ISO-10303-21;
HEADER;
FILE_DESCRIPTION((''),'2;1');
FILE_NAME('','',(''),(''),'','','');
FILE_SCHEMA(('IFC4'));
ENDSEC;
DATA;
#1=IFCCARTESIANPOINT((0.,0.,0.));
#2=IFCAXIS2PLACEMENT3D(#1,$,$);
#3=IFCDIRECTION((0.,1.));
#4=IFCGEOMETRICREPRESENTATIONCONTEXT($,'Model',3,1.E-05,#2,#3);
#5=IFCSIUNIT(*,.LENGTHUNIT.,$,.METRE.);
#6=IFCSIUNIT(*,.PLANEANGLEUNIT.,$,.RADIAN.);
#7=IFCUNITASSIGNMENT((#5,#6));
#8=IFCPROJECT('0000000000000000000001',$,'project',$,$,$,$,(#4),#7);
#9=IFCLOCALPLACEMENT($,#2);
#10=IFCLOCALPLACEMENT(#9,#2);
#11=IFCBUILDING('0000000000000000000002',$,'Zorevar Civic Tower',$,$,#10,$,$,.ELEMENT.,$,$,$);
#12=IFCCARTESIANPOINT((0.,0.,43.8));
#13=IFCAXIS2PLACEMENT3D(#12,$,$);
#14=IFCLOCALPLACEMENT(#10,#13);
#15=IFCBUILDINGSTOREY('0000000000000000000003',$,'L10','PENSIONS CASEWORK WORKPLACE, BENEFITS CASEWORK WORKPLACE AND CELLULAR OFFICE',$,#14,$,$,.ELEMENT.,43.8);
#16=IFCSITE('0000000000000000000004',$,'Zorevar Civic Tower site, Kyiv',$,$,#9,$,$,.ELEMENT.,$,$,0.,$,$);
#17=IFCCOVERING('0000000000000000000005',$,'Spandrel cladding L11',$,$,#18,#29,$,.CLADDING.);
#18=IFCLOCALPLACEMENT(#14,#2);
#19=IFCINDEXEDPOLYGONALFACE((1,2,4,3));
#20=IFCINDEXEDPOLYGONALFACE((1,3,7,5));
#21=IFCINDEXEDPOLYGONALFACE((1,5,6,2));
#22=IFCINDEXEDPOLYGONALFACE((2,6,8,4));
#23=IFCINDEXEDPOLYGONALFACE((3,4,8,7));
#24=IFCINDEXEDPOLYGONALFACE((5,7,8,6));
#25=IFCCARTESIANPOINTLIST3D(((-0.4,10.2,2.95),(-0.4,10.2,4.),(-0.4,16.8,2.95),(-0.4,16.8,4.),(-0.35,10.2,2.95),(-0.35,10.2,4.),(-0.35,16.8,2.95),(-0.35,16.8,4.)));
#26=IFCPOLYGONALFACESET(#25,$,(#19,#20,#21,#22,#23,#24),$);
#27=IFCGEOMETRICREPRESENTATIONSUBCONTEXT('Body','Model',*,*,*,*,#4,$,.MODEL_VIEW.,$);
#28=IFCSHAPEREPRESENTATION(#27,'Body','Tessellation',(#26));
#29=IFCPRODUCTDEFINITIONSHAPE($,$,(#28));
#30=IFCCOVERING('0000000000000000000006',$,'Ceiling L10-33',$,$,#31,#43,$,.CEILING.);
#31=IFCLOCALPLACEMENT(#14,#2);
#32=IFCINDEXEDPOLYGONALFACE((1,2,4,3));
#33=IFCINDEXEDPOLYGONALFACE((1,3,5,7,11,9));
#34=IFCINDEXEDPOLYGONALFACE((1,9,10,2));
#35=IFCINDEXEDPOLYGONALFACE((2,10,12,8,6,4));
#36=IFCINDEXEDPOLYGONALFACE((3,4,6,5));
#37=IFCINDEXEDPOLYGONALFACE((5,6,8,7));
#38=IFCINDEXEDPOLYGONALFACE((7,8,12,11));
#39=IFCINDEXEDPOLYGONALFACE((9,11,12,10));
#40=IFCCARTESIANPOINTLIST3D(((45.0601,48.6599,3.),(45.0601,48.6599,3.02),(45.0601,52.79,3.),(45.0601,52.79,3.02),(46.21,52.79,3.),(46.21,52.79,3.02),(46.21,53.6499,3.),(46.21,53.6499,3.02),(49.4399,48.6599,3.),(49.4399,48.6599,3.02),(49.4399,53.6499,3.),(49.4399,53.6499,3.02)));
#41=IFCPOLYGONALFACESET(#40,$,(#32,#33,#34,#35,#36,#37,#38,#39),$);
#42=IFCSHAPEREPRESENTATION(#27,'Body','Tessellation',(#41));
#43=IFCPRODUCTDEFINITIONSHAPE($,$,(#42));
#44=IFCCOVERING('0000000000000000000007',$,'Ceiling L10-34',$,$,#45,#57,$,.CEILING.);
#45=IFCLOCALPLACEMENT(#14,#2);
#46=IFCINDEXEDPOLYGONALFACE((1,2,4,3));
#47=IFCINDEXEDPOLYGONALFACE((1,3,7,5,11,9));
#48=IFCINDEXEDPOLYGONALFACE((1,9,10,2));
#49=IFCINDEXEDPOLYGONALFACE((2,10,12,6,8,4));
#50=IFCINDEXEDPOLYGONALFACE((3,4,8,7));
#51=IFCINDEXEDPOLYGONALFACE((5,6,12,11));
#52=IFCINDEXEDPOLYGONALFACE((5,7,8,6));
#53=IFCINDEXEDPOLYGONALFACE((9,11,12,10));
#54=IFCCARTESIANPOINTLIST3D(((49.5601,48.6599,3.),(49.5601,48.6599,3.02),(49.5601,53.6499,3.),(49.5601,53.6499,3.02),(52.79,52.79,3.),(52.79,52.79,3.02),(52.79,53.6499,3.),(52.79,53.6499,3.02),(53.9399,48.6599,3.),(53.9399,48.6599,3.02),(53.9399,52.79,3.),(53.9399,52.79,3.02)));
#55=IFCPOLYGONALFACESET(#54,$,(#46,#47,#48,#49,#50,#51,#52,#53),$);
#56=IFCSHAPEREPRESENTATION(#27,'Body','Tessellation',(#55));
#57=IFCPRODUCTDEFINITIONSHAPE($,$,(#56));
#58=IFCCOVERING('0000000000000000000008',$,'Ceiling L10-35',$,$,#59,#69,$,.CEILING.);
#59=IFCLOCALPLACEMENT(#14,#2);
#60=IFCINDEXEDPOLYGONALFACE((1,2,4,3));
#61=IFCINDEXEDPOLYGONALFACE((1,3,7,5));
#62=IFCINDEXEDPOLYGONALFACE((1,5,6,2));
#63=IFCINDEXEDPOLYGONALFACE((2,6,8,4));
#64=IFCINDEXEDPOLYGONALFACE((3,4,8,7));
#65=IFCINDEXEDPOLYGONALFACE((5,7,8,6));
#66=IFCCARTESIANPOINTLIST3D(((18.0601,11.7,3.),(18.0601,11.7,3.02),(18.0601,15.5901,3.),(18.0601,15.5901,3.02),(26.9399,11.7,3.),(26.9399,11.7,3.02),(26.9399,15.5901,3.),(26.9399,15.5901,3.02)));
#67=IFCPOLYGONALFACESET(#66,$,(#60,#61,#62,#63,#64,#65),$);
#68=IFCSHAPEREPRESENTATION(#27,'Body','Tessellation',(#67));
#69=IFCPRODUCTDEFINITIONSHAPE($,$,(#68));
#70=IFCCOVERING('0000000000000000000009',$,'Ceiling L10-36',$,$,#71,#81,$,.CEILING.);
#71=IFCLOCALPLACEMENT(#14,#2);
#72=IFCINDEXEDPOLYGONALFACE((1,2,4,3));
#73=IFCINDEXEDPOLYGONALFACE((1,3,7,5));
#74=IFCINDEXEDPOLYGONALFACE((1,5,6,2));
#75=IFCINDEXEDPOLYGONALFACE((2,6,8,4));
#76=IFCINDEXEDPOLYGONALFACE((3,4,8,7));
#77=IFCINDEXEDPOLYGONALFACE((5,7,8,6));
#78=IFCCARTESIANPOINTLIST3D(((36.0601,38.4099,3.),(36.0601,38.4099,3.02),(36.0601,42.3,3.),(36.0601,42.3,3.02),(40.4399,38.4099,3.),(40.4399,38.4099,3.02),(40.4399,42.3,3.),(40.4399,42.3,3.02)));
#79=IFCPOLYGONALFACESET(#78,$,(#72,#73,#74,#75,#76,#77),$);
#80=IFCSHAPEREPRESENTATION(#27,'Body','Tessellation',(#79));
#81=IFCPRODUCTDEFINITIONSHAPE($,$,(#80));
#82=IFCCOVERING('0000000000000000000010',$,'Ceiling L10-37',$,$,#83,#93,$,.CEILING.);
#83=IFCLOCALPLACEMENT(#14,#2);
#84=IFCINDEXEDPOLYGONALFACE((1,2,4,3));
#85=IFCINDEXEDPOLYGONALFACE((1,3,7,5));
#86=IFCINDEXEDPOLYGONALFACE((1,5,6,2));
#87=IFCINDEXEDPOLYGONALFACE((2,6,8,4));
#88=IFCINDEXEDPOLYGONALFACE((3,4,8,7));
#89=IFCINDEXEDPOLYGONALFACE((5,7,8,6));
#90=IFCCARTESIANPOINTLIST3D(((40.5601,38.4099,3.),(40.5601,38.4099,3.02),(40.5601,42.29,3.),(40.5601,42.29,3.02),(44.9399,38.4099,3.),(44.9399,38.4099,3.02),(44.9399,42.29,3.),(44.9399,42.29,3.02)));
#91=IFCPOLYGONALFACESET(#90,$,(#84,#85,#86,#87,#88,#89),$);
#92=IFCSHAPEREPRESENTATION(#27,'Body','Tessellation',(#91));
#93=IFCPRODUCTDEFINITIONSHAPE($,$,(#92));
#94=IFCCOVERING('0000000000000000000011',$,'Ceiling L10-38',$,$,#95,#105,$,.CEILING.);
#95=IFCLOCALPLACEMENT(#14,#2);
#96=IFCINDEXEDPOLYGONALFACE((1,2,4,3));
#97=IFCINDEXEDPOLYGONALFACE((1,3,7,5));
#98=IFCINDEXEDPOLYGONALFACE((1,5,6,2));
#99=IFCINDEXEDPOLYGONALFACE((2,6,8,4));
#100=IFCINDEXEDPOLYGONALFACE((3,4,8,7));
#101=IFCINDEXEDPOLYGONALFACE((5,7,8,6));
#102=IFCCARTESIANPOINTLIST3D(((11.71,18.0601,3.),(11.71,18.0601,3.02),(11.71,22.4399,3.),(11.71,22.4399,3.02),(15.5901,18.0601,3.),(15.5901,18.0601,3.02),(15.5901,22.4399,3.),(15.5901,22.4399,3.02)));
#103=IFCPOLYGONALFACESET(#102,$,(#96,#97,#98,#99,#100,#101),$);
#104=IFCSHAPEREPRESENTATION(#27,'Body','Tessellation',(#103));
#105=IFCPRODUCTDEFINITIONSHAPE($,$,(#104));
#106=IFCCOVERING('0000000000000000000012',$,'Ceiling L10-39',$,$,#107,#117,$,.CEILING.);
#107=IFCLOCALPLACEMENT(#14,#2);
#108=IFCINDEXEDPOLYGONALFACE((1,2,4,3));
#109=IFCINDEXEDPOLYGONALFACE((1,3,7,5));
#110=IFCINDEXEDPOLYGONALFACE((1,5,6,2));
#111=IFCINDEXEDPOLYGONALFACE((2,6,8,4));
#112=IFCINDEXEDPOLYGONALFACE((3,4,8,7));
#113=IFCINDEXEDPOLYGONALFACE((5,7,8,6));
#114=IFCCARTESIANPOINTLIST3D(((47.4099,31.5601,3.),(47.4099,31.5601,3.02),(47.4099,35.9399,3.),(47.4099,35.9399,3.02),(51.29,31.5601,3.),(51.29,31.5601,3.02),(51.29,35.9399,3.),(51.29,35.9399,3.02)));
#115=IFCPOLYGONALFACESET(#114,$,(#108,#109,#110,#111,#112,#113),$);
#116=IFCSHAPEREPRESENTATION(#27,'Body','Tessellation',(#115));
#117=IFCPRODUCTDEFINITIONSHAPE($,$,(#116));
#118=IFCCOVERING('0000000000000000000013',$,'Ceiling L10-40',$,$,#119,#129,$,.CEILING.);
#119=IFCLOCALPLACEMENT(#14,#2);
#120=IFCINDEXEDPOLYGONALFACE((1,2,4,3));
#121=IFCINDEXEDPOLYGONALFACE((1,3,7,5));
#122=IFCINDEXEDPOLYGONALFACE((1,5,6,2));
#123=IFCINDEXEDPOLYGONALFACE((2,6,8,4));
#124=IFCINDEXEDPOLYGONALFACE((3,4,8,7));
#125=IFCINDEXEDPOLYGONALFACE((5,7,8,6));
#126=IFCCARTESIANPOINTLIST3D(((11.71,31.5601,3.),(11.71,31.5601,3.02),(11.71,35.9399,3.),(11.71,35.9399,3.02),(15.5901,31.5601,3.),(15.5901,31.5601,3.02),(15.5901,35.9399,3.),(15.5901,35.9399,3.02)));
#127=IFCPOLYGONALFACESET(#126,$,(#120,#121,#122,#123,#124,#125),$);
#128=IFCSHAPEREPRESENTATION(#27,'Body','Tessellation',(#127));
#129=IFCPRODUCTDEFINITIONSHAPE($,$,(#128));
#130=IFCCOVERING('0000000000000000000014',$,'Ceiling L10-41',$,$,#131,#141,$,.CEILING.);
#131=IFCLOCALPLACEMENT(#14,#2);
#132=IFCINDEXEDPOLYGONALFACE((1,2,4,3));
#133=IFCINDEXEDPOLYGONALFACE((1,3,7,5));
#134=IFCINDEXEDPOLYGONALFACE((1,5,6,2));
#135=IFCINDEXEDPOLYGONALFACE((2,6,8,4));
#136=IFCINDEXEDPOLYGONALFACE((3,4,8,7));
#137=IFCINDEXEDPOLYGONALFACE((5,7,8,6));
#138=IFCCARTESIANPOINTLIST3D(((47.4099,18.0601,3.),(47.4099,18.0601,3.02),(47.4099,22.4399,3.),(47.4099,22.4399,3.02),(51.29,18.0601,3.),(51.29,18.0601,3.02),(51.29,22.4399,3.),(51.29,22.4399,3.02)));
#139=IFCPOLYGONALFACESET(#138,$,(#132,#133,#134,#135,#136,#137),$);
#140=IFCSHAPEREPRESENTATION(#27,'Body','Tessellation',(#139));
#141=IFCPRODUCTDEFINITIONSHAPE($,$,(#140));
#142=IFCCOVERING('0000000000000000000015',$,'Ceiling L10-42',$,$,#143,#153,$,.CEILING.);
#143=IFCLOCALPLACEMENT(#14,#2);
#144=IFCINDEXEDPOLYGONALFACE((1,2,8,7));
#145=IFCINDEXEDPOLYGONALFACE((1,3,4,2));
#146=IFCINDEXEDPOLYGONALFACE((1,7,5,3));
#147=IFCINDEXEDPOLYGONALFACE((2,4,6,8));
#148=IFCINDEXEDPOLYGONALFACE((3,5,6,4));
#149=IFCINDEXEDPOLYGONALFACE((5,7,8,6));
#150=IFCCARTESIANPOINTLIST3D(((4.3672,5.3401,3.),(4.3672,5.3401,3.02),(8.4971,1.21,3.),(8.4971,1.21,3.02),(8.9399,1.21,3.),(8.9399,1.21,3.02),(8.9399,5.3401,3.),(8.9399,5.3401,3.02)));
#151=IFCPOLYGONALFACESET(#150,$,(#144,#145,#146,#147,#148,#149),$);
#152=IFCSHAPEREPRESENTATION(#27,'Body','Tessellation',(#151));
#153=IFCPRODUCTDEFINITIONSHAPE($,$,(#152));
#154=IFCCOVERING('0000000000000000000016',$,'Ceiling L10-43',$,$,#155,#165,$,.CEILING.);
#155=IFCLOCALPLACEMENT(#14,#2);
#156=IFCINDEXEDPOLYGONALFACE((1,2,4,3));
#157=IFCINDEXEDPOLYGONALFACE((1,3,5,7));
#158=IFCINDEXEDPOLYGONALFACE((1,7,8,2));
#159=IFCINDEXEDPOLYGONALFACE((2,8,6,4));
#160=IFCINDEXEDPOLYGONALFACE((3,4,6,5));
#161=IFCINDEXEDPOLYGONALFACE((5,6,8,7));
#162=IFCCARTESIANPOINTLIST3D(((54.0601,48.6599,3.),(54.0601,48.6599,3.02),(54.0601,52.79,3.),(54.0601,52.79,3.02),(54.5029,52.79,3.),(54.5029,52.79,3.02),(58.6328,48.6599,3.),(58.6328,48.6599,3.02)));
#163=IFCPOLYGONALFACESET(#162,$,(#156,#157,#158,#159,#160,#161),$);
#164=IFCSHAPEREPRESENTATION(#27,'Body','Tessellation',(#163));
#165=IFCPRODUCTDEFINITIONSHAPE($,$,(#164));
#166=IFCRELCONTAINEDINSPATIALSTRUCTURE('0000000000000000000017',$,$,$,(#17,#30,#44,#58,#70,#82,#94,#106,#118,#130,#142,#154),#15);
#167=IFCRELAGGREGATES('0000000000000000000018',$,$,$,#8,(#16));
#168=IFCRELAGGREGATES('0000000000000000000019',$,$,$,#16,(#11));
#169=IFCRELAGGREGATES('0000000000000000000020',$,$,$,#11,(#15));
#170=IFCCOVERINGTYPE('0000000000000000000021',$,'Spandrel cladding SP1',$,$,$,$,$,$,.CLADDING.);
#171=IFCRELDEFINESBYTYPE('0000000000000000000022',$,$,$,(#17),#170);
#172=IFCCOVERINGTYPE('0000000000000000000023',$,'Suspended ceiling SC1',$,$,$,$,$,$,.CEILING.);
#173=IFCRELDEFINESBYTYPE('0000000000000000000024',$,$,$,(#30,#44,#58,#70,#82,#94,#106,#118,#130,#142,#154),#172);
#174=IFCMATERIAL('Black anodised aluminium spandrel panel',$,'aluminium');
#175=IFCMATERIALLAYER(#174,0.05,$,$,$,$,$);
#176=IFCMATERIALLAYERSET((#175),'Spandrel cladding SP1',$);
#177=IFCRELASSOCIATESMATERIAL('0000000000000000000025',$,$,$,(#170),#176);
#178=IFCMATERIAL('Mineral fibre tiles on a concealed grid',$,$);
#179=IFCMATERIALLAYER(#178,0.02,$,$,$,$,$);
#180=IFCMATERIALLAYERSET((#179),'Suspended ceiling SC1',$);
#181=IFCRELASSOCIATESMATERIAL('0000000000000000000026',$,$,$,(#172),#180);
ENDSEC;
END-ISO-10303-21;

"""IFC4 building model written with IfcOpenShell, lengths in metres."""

from ifc_helpers import new_model, si_unit, direction, frame, frame_2d, origin, place, context, subcontext, project, spatial, polyline, rectangle, outline, extrude, material, layer, layer_set, type_object, element, save


model = new_model("IFC4")

# Units and contexts
model_context = context("Model", 3, precision=1e-05, world=origin(), true_north=direction((0.0, 1.0)))
body_context = subcontext(model_context, "Body", "Model", "MODEL_VIEW")
ifc_project = project(units=[si_unit("LENGTHUNIT", "METRE"), si_unit("PLANEANGLEUNIT", "RADIAN")], contexts=[model_context])

# Site, building, storey
site_placement = place(None, origin())
site = spatial("IfcSite", under=ifc_project, at=site_placement, Name="Zorevar Civic Tower site, Kyiv", CompositionType="ELEMENT", RefElevation=0.0)
building_placement = place(site_placement, origin())
building = spatial("IfcBuilding", under=site, at=building_placement, Name="Zorevar Civic Tower", CompositionType="ELEMENT")
storey_placement = place(building_placement, frame((0.0, 0.0, 43.8)))
storey = spatial("IfcBuildingStorey", under=building, at=storey_placement, Name="L10", Description="PENSIONS CASEWORK WORKPLACE, BENEFITS CASEWORK WORKPLACE AND CELLULAR OFFICE", CompositionType="ELEMENT", Elevation=43.8)

# Coverings
ifc_material_1 = material(Name="Black anodised aluminium spandrel panel", Category="aluminium")
ifc_layer_1 = layer(ifc_material_1, 0.05)
ifc_layer_set_1 = layer_set([ifc_layer_1], Name="Spandrel cladding SP1")
covering_type_1 = type_object("IfcCoveringType", Name="Spandrel cladding SP1", PredefinedType="CLADDING", material=ifc_layer_set_1)
covering_1_placement = place(storey_placement, frame((-0.375, 10.2, 2.95), z_axis=(0.0, 0.0, 1.0), x_axis=(0.0, 1.0, 0.0)))
element("IfcCovering", 1, at=covering_1_placement, inside=storey, type_object=covering_type_1, Name="Spandrel cladding L11", PredefinedType="CLADDING", context=body_context, shape_type="SweptSolid", body=[
    extrude(rectangle(XDim=6.6001, YDim=0.05, at=frame_2d((3.3, 0.0))), origin(), (0.0, 0.0, 1.0), 1.05),
])
ifc_material_2 = material(Name="Mineral fibre tiles on a concealed grid")
ifc_layer_2 = layer(ifc_material_2, 0.02)
ifc_layer_set_2 = layer_set([ifc_layer_2], Name="Suspended ceiling SC1")
covering_type_2 = type_object("IfcCoveringType", Name="Suspended ceiling SC1", PredefinedType="CEILING", material=ifc_layer_set_2)
covering_2_placement = place(storey_placement, frame((0.0, 0.0, 3.0)))
element("IfcCovering", 2, at=covering_2_placement, inside=storey, type_object=covering_type_2, Name="Ceiling L10-33", PredefinedType="CEILING", context=body_context, shape_type="SweptSolid", body=[
    extrude(outline(polyline([(45.0601, 48.6599), (45.0601, 52.79), (46.21, 52.79), (46.21, 53.6499), (49.4399, 53.6499), (49.4399, 48.6599), (45.0601, 48.6599)])), origin(), (0.0, 0.0, 1.0), 0.02),
])
covering_3_placement = place(storey_placement, frame((0.0, 0.0, 3.0)))
element("IfcCovering", 3, at=covering_3_placement, inside=storey, type_object=covering_type_2, Name="Ceiling L10-34", PredefinedType="CEILING", context=body_context, shape_type="SweptSolid", body=[
    extrude(outline(polyline([(49.5601, 48.6599), (49.5601, 53.6499), (52.79, 53.6499), (52.79, 52.79), (53.9399, 52.79), (53.9399, 48.6599), (49.5601, 48.6599)])), origin(), (0.0, 0.0, 1.0), 0.02),
])
covering_4_placement = place(storey_placement, frame((0.0, 0.0, 3.0)))
element("IfcCovering", 4, at=covering_4_placement, inside=storey, type_object=covering_type_2, Name="Ceiling L10-35", PredefinedType="CEILING", context=body_context, shape_type="SweptSolid", body=[
    extrude(outline(polyline([(18.0601, 11.7), (18.0601, 15.5901), (26.9399, 15.5901), (26.9399, 11.7), (18.0601, 11.7)])), origin(), (0.0, 0.0, 1.0), 0.02),
])
covering_5_placement = place(storey_placement, frame((0.0, 0.0, 3.0)))
element("IfcCovering", 5, at=covering_5_placement, inside=storey, type_object=covering_type_2, Name="Ceiling L10-36", PredefinedType="CEILING", context=body_context, shape_type="SweptSolid", body=[
    extrude(outline(polyline([(36.0601, 38.4099), (36.0601, 42.3), (40.4399, 42.3), (40.4399, 38.4099), (36.0601, 38.4099)])), origin(), (0.0, 0.0, 1.0), 0.02),
])
covering_6_placement = place(storey_placement, frame((0.0, 0.0, 3.0)))
element("IfcCovering", 6, at=covering_6_placement, inside=storey, type_object=covering_type_2, Name="Ceiling L10-37", PredefinedType="CEILING", context=body_context, shape_type="SweptSolid", body=[
    extrude(outline(polyline([(40.5601, 38.4099), (40.5601, 42.29), (44.9399, 42.29), (44.9399, 38.4099), (40.5601, 38.4099)])), origin(), (0.0, 0.0, 1.0), 0.02),
])
covering_7_placement = place(storey_placement, frame((0.0, 0.0, 3.0)))
element("IfcCovering", 7, at=covering_7_placement, inside=storey, type_object=covering_type_2, Name="Ceiling L10-38", PredefinedType="CEILING", context=body_context, shape_type="SweptSolid", body=[
    extrude(outline(polyline([(15.5901, 22.4399), (15.5901, 18.0601), (11.71, 18.0601), (11.71, 22.4399), (15.5901, 22.4399)])), origin(), (0.0, 0.0, 1.0), 0.02),
])
covering_8_placement = place(storey_placement, frame((0.0, 0.0, 3.0)))
element("IfcCovering", 8, at=covering_8_placement, inside=storey, type_object=covering_type_2, Name="Ceiling L10-39", PredefinedType="CEILING", context=body_context, shape_type="SweptSolid", body=[
    extrude(outline(polyline([(47.4099, 31.5601), (47.4099, 35.9399), (51.29, 35.9399), (51.29, 31.5601), (47.4099, 31.5601)])), origin(), (0.0, 0.0, 1.0), 0.02),
])
covering_9_placement = place(storey_placement, frame((0.0, 0.0, 3.0)))
element("IfcCovering", 9, at=covering_9_placement, inside=storey, type_object=covering_type_2, Name="Ceiling L10-40", PredefinedType="CEILING", context=body_context, shape_type="SweptSolid", body=[
    extrude(outline(polyline([(11.71, 31.5601), (11.71, 35.9399), (15.5901, 35.9399), (15.5901, 31.5601), (11.71, 31.5601)])), origin(), (0.0, 0.0, 1.0), 0.02),
])
covering_10_placement = place(storey_placement, frame((0.0, 0.0, 3.0)))
element("IfcCovering", 10, at=covering_10_placement, inside=storey, type_object=covering_type_2, Name="Ceiling L10-41", PredefinedType="CEILING", context=body_context, shape_type="SweptSolid", body=[
    extrude(outline(polyline([(47.4099, 18.0601), (47.4099, 22.4399), (51.29, 22.4399), (51.29, 18.0601), (47.4099, 18.0601)])), origin(), (0.0, 0.0, 1.0), 0.02),
])
covering_11_placement = place(storey_placement, frame((0.0, 0.0, 3.0)))
element("IfcCovering", 11, at=covering_11_placement, inside=storey, type_object=covering_type_2, Name="Ceiling L10-42", PredefinedType="CEILING", context=body_context, shape_type="SweptSolid", body=[
    extrude(outline(polyline([(8.9399, 5.3401), (8.9399, 1.21), (8.4971, 1.21), (4.3672, 5.3401), (8.9399, 5.3401)])), origin(), (0.0, 0.0, 1.0), 0.02),
])
covering_12_placement = place(storey_placement, frame((0.0, 0.0, 3.0)))
element("IfcCovering", 12, at=covering_12_placement, inside=storey, type_object=covering_type_2, Name="Ceiling L10-43", PredefinedType="CEILING", context=body_context, shape_type="SweptSolid", body=[
    extrude(outline(polyline([(54.0601, 48.6599), (54.0601, 52.79), (54.5029, 52.79), (58.6328, 48.6599), (54.0601, 48.6599)])), origin(), (0.0, 0.0, 1.0), 0.02),
])

save(model, "model.ifc")
